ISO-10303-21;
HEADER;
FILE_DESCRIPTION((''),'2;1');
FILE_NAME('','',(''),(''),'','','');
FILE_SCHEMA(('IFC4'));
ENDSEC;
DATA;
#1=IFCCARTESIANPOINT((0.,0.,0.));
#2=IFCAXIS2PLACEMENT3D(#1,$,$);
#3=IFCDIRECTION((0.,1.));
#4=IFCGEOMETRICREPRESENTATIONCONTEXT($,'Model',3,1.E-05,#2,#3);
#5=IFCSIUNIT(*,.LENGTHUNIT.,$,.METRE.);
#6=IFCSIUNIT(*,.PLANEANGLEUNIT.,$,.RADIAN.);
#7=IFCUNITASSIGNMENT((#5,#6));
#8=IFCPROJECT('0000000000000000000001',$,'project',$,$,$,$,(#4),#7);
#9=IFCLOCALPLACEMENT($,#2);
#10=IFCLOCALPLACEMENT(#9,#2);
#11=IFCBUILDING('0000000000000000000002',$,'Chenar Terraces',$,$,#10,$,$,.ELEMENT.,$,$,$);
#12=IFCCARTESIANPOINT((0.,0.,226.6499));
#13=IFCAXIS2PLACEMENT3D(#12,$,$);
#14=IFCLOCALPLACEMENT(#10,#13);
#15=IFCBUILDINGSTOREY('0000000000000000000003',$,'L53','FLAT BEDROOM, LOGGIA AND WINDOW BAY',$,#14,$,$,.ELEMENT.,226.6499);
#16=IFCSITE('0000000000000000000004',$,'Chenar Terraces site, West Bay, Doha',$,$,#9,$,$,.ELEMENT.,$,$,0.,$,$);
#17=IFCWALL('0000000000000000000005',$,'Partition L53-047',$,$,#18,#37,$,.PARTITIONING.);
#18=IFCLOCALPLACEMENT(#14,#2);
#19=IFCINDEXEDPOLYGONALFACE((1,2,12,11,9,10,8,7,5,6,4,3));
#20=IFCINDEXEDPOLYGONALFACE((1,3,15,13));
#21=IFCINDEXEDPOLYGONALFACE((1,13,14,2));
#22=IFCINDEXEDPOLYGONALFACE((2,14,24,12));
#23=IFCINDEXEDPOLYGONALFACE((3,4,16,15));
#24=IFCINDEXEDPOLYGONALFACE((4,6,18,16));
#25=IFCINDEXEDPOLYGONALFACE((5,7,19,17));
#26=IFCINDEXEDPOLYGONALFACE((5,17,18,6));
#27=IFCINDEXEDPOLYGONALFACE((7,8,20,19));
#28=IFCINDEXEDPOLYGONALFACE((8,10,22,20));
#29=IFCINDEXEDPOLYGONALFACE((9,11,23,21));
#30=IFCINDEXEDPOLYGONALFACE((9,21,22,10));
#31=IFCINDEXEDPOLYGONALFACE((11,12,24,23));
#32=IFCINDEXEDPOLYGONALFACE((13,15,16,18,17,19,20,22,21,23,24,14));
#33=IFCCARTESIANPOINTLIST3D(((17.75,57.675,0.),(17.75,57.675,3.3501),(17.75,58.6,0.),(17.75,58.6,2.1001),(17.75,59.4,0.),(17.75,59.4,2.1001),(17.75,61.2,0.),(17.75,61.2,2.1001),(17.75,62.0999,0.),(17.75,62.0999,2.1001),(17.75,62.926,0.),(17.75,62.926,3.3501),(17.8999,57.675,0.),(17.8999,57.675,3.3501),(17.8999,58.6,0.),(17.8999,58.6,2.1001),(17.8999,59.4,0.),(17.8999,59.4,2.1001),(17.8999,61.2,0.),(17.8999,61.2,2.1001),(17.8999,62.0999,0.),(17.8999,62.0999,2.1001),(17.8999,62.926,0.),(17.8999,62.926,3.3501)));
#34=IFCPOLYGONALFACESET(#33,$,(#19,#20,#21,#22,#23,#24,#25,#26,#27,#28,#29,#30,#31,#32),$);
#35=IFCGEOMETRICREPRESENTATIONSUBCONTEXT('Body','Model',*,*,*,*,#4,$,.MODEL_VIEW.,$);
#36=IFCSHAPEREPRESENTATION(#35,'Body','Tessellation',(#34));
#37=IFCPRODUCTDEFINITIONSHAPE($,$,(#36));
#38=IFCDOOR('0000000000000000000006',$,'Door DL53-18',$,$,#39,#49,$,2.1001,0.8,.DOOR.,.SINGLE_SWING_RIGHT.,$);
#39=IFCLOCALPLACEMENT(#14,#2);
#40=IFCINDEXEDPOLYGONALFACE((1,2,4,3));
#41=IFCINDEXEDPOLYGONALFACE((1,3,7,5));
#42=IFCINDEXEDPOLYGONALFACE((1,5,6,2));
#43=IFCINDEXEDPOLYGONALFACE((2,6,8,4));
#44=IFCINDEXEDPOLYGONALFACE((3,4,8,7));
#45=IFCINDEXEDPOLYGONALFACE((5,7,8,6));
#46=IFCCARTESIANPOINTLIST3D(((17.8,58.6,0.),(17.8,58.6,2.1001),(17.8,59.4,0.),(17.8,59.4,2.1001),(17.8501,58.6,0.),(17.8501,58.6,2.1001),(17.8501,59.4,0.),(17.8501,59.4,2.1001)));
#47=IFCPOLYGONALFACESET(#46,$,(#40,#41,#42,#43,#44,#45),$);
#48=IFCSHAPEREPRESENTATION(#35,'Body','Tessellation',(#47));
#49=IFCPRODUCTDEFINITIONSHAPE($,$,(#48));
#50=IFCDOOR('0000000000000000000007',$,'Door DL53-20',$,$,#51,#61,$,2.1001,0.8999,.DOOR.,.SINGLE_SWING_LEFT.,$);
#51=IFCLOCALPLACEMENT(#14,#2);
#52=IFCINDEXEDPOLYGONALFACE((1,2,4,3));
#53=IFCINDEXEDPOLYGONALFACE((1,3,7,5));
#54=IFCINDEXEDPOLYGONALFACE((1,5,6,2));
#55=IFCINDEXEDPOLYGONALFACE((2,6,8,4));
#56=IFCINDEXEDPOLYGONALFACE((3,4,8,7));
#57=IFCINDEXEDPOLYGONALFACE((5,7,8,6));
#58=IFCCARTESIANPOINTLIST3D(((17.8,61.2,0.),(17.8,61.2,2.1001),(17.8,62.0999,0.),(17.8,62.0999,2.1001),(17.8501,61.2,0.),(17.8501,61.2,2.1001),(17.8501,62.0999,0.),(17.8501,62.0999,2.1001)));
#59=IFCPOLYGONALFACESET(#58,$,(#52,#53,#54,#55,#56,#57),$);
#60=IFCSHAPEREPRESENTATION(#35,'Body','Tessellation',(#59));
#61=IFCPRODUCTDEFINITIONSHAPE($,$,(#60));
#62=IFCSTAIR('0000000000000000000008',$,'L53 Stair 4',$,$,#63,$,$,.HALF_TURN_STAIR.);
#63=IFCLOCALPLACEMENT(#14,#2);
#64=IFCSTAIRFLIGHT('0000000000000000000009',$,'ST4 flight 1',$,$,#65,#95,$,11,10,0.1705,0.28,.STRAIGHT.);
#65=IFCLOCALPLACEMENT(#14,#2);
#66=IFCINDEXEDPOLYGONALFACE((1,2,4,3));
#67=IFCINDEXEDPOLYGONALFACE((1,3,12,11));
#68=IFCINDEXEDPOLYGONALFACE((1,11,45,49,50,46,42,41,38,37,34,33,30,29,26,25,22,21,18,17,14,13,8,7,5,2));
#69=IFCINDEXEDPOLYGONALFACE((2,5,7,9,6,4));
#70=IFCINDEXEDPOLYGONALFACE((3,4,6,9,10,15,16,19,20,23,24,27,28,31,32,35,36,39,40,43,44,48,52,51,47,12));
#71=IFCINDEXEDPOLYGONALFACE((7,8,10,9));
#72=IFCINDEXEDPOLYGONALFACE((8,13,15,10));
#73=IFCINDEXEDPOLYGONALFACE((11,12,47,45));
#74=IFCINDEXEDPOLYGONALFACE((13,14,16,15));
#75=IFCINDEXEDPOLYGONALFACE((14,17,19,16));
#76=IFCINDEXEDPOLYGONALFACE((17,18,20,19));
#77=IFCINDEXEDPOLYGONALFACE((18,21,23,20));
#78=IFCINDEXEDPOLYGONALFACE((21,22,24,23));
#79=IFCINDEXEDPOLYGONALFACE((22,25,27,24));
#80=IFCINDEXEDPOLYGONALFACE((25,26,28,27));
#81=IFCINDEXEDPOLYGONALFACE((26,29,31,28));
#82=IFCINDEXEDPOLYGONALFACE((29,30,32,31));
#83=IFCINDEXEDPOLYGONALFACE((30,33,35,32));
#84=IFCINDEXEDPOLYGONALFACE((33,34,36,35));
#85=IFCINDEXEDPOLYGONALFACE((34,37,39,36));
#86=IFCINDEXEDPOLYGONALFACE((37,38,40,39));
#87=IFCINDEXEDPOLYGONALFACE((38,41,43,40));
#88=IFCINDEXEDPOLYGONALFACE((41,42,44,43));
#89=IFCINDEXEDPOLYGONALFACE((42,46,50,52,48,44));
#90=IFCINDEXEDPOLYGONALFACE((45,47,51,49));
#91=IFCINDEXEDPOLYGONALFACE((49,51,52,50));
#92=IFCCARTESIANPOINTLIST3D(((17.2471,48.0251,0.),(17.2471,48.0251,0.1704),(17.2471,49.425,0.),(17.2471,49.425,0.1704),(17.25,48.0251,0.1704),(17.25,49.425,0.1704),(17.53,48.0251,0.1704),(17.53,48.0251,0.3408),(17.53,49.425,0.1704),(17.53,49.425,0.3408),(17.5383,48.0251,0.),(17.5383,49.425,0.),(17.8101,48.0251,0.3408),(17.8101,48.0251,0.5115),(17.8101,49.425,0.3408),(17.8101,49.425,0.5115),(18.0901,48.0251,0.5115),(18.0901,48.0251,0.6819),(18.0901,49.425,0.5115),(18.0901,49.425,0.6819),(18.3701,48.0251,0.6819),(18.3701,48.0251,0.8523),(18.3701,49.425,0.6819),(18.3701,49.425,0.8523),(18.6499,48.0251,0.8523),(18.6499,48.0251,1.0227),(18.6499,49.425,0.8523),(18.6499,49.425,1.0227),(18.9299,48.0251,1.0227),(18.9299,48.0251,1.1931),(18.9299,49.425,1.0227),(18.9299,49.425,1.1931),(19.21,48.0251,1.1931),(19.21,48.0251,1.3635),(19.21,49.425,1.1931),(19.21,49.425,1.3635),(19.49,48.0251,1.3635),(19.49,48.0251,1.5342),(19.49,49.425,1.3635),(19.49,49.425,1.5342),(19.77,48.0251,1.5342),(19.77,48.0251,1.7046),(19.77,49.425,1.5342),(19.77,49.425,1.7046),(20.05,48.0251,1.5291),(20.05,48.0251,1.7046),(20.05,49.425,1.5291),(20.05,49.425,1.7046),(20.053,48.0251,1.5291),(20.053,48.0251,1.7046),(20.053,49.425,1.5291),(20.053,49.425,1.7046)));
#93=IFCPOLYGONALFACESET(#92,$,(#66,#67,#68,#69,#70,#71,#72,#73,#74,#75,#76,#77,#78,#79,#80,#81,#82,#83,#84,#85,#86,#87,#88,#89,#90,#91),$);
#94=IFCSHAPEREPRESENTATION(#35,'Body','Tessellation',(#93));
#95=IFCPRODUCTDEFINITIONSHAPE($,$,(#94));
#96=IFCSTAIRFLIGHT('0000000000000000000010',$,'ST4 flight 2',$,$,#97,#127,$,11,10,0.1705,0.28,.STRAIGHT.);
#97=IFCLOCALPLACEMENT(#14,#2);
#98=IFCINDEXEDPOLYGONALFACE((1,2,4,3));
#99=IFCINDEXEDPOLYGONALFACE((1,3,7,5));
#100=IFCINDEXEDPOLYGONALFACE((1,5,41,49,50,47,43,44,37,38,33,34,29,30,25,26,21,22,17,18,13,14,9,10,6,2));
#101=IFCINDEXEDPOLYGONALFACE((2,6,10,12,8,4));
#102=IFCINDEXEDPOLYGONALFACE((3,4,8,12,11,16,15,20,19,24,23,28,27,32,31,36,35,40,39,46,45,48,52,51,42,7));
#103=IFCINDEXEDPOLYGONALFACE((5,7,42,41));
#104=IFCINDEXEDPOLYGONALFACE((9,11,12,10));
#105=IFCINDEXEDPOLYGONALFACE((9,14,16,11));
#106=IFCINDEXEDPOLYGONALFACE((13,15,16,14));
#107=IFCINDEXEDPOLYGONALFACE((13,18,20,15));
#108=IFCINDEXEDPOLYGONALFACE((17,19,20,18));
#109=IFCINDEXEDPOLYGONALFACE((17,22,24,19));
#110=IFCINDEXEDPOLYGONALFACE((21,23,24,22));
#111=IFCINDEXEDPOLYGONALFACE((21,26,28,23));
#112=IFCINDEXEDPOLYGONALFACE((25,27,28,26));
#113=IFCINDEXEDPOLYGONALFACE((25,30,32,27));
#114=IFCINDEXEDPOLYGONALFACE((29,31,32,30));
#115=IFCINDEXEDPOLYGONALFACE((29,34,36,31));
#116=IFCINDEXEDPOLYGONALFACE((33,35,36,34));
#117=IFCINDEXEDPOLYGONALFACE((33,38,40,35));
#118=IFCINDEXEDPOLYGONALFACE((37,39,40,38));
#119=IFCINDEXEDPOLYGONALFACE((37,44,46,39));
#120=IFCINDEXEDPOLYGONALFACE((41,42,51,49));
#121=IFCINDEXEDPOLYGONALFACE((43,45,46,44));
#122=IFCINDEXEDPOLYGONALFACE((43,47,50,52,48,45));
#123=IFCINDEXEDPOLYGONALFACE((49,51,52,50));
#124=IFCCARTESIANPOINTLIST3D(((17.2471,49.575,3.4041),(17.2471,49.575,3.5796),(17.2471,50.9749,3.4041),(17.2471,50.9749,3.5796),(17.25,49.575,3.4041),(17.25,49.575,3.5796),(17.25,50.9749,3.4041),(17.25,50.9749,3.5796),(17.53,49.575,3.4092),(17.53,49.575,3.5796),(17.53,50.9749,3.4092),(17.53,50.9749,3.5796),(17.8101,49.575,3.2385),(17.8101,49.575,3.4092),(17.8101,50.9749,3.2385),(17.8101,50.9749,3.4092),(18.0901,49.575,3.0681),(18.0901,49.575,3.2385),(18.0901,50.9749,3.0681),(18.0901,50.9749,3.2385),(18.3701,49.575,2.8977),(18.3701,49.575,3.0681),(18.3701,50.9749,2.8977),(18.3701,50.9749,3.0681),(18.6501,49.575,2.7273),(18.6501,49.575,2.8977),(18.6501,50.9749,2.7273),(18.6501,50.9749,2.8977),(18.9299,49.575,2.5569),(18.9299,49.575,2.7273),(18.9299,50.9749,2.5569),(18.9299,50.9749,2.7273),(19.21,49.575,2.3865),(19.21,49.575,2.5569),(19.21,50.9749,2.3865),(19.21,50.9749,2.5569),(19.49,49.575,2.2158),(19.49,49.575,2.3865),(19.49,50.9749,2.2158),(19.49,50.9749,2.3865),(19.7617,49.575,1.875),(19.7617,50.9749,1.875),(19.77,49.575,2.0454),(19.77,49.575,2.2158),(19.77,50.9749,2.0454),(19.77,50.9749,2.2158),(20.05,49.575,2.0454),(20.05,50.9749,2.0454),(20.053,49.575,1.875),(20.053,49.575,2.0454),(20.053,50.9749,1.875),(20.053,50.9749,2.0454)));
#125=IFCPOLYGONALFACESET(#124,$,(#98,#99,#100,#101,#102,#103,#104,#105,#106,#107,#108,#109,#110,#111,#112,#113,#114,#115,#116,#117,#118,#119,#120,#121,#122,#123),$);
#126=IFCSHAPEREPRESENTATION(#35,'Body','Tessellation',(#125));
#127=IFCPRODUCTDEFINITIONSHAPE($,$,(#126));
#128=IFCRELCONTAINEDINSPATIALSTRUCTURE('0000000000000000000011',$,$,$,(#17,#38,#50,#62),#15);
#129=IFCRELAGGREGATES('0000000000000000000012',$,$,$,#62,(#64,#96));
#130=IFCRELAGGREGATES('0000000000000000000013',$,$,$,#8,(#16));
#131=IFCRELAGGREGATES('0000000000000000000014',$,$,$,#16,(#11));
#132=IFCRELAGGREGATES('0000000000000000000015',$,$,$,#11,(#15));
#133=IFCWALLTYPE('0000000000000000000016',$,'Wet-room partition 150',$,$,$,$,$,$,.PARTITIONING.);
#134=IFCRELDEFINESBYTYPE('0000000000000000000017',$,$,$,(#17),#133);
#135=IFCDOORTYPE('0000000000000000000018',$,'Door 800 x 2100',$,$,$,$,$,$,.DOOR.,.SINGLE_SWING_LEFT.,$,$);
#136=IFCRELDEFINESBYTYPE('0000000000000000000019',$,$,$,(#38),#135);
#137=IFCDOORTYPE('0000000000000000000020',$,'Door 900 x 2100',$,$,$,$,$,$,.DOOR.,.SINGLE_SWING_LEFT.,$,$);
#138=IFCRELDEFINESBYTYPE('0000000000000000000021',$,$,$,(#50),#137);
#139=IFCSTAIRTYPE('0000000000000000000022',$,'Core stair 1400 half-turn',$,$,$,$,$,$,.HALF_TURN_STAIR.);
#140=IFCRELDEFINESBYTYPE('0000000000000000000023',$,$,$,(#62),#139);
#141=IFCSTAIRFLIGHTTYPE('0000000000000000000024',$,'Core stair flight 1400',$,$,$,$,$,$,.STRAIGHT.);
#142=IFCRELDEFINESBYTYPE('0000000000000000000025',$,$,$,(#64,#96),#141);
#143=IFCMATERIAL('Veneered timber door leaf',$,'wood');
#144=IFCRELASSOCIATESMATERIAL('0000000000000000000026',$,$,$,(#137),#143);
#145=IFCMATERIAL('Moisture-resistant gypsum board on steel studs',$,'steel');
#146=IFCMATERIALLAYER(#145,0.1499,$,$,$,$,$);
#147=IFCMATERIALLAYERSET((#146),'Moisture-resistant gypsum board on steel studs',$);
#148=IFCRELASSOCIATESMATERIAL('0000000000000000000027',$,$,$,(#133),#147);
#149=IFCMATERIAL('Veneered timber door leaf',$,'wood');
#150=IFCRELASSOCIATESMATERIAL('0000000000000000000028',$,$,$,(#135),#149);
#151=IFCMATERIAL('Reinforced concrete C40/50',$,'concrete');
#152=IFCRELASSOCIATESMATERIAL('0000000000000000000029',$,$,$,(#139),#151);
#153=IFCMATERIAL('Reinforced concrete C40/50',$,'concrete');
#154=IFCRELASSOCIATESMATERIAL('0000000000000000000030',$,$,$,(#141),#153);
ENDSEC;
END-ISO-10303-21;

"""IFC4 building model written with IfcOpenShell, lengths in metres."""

from ifc_helpers import new_model, si_unit, direction, frame, frame_2d, origin, place, context, subcontext, project, spatial, polyline, rectangle, outline, extrude, material, layer, layer_set, type_object, element, fill, aggregate, save


model = new_model("IFC4")

# Units and contexts
model_context = context("Model", 3, precision=1e-05, world=origin(), true_north=direction((0.0, 1.0)))
body_context = subcontext(model_context, "Body", "Model", "MODEL_VIEW")
ifc_project = project(units=[si_unit("LENGTHUNIT", "METRE"), si_unit("PLANEANGLEUNIT", "RADIAN")], contexts=[model_context])

# Site, building, storey
site_placement = place(None, origin())
site = spatial("IfcSite", under=ifc_project, at=site_placement, Name="Chenar Terraces site, West Bay, Doha", CompositionType="ELEMENT", RefElevation=0.0)
building_placement = place(site_placement, origin())
building = spatial("IfcBuilding", under=site, at=building_placement, Name="Chenar Terraces", CompositionType="ELEMENT")
storey_placement = place(building_placement, frame((0.0, 0.0, 226.6499)))
storey = spatial("IfcBuildingStorey", under=building, at=storey_placement, Name="L53", Description="FLAT BEDROOM, LOGGIA AND WINDOW BAY", CompositionType="ELEMENT", Elevation=226.6499)

# Shared definitions
ifc_material_1 = material(Name="Veneered timber door leaf", Category="wood")
door_type_1 = type_object("IfcDoorType", Name="Door 900 x 2100", OperationType="SINGLE_SWING_LEFT", PredefinedType="DOOR", material=ifc_material_1)

# Shared definitions
ifc_material_2 = material(Name="Moisture-resistant gypsum board on steel studs", Category="steel")
ifc_layer_1 = layer(ifc_material_2, 0.1499)
ifc_layer_set_1 = layer_set([ifc_layer_1], Name="Moisture-resistant gypsum board on steel studs")
wall_type_1 = type_object("IfcWallType", Name="Wet-room partition 150", PredefinedType="PARTITIONING", material=ifc_layer_set_1)

# Wall, openings, doors
wall_1_placement = place(storey_placement, frame((17.825, 57.675, 0.0), z_axis=(0.0, 0.0, 1.0), x_axis=(0.0, 1.0, 0.0)))
wall_1 = element("IfcWall", 1, at=wall_1_placement, inside=storey, type_object=wall_type_1, Name="Partition L53-047", PredefinedType="PARTITIONING", context=body_context, shape_type="SweptSolid", body=[
    extrude(rectangle(XDim=5.251, YDim=0.1499, at=frame_2d((2.6255, 0.0))), origin(), (0.0, 0.0, 1.0), 3.3501),
])
opening_1_placement = place(wall_1_placement, frame((0.925, 0.0, 0.0)))
opening_1 = element("IfcOpeningElement", 2, at=opening_1_placement, cuts=wall_1, PredefinedType="OPENING", context=body_context, shape_type="SweptSolid", body=[
    extrude(rectangle(XDim=0.8, YDim=2.1001, at=frame_2d((0.3999, 1.05))), frame((0.0, 0.085, 0.0), z_axis=(0.0, -1.0, 0.0), x_axis=(1.0, 0.0, 0.0)), (0.0, 0.0, 1.0), 0.1699),
])
opening_2_placement = place(wall_1_placement, frame((3.5249, 0.0, 0.0)))
opening_2 = element("IfcOpeningElement", 3, at=opening_2_placement, cuts=wall_1, PredefinedType="OPENING", context=body_context, shape_type="SweptSolid", body=[
    extrude(rectangle(XDim=0.8999, YDim=2.1001, at=frame_2d((0.45, 1.05))), frame((0.0, 0.085, 0.0), z_axis=(0.0, -1.0, 0.0), x_axis=(1.0, 0.0, 0.0)), (0.0, 0.0, 1.0), 0.1699),
])
ifc_material_3 = material(Name="Veneered timber door leaf", Category="wood")
door_type_2 = type_object("IfcDoorType", Name="Door 800 x 2100", OperationType="SINGLE_SWING_LEFT", PredefinedType="DOOR", material=ifc_material_3)
door_1_placement = place(opening_1_placement, origin())
door_1 = element("IfcDoor", 4, at=door_1_placement, inside=storey, type_object=door_type_2, Name="Door DL53-18", OperationType="SINGLE_SWING_RIGHT", OverallHeight=2.1001, OverallWidth=0.8, PredefinedType="DOOR", context=body_context, shape_type="SweptSolid", body=[
    extrude(rectangle(XDim=0.8, YDim=2.1001, at=frame_2d((0.3999, 1.05))), frame((0.0, 0.0249, 0.0), z_axis=(0.0, -1.0, 0.0), x_axis=(1.0, 0.0, 0.0)), (0.0, 0.0, 1.0), 0.05),
])
fill(opening_1, door_1)
door_2_placement = place(opening_2_placement, origin())
door_2 = element("IfcDoor", 5, at=door_2_placement, inside=storey, type_object=door_type_1, Name="Door DL53-20", OperationType="SINGLE_SWING_LEFT", OverallHeight=2.1001, OverallWidth=0.8999, PredefinedType="DOOR", context=body_context, shape_type="SweptSolid", body=[
    extrude(rectangle(XDim=0.8999, YDim=2.1001, at=frame_2d((0.45, 1.05))), frame((0.0, 0.0249, 0.0), z_axis=(0.0, -1.0, 0.0), x_axis=(1.0, 0.0, 0.0)), (0.0, 0.0, 1.0), 0.05),
])
fill(opening_2, door_2)

# Stair, stair flights
ifc_material_4 = material(Name="Reinforced concrete C40/50", Category="concrete")
stair_type = type_object("IfcStairType", Name="Core stair 1400 half-turn", PredefinedType="HALF_TURN_STAIR", material=ifc_material_4)
stair_placement = place(storey_placement, origin())
stair = element("IfcStair", 6, at=stair_placement, inside=storey, type_object=stair_type, Name="L53 Stair 4", PredefinedType="HALF_TURN_STAIR")
ifc_material_5 = material(Name="Reinforced concrete C40/50", Category="concrete")
stair_flight_type = type_object("IfcStairFlightType", Name="Core stair flight 1400", PredefinedType="STRAIGHT", material=ifc_material_5)
stair_flight_1_placement = place(storey_placement, frame((17.25, 48.7251, 0.0), z_axis=(0.0, 0.0, 1.0), x_axis=(1.0, 0.0, 0.0)))
stair_flight_1 = element("IfcStairFlight", 7, at=stair_flight_1_placement, type_object=stair_flight_type, Name="ST4 flight 1", NumberOfRisers=11, NumberOfTreads=10, PredefinedType="STRAIGHT", RiserHeight=0.1705, TreadLength=0.28, context=body_context, shape_type="SweptSolid", body=[
    extrude(outline(polyline([(-0.0029, 0.0), (-0.0029, 0.1704), (0.0, 0.1704), (0.28, 0.1704), (0.28, 0.3408), (0.5601, 0.3408), (0.5601, 0.5115), (0.8401, 0.5115), (0.8401, 0.6819), (1.1201, 0.6819), (1.1201, 0.8523), (1.3999, 0.8523), (1.3999, 1.0227), (1.6799, 1.0227), (1.6799, 1.1931), (1.96, 1.1931), (1.96, 1.3635), (2.24, 1.3635), (2.24, 1.5342), (2.52, 1.5342), (2.52, 1.7046), (2.8, 1.7046), (2.803, 1.7046), (2.803, 1.5291), (2.8, 1.5291), (0.2883, 0.0), (-0.0029, 0.0)])), frame((0.0, 0.7, 0.0), z_axis=(0.0, -1.0, 0.0), x_axis=(1.0, 0.0, 0.0)), (0.0, 0.0, 1.0), 1.3999),
])
stair_flight_2_placement = place(storey_placement, frame((20.05, 50.2749, 1.875), z_axis=(0.0, 0.0, 1.0), x_axis=(-1.0, 0.0, 0.0)))
stair_flight_2 = element("IfcStairFlight", 8, at=stair_flight_2_placement, type_object=stair_flight_type, Name="ST4 flight 2", NumberOfRisers=11, NumberOfTreads=10, PredefinedType="STRAIGHT", RiserHeight=0.1705, TreadLength=0.28, context=body_context, shape_type="SweptSolid", body=[
    extrude(outline(polyline([(-0.0029, 0.0), (-0.0029, 0.1704), (0.0, 0.1704), (0.28, 0.1704), (0.28, 0.3408), (0.5601, 0.3408), (0.5601, 0.5115), (0.8401, 0.5115), (0.8401, 0.6819), (1.1201, 0.6819), (1.1201, 0.8523), (1.3999, 0.8523), (1.3999, 1.0227), (1.6799, 1.0227), (1.6799, 1.1931), (1.96, 1.1931), (1.96, 1.3635), (2.24, 1.3635), (2.24, 1.5342), (2.52, 1.5342), (2.52, 1.7046), (2.8, 1.7046), (2.803, 1.7046), (2.803, 1.5291), (2.8, 1.5291), (0.2883, 0.0), (-0.0029, 0.0)])), frame((0.0, 0.7, 0.0), z_axis=(0.0, -1.0, 0.0), x_axis=(1.0, 0.0, 0.0)), (0.0, 0.0, 1.0), 1.3999),
])
aggregate(stair, [stair_flight_1, stair_flight_2])

save(model, "model.ifc")
